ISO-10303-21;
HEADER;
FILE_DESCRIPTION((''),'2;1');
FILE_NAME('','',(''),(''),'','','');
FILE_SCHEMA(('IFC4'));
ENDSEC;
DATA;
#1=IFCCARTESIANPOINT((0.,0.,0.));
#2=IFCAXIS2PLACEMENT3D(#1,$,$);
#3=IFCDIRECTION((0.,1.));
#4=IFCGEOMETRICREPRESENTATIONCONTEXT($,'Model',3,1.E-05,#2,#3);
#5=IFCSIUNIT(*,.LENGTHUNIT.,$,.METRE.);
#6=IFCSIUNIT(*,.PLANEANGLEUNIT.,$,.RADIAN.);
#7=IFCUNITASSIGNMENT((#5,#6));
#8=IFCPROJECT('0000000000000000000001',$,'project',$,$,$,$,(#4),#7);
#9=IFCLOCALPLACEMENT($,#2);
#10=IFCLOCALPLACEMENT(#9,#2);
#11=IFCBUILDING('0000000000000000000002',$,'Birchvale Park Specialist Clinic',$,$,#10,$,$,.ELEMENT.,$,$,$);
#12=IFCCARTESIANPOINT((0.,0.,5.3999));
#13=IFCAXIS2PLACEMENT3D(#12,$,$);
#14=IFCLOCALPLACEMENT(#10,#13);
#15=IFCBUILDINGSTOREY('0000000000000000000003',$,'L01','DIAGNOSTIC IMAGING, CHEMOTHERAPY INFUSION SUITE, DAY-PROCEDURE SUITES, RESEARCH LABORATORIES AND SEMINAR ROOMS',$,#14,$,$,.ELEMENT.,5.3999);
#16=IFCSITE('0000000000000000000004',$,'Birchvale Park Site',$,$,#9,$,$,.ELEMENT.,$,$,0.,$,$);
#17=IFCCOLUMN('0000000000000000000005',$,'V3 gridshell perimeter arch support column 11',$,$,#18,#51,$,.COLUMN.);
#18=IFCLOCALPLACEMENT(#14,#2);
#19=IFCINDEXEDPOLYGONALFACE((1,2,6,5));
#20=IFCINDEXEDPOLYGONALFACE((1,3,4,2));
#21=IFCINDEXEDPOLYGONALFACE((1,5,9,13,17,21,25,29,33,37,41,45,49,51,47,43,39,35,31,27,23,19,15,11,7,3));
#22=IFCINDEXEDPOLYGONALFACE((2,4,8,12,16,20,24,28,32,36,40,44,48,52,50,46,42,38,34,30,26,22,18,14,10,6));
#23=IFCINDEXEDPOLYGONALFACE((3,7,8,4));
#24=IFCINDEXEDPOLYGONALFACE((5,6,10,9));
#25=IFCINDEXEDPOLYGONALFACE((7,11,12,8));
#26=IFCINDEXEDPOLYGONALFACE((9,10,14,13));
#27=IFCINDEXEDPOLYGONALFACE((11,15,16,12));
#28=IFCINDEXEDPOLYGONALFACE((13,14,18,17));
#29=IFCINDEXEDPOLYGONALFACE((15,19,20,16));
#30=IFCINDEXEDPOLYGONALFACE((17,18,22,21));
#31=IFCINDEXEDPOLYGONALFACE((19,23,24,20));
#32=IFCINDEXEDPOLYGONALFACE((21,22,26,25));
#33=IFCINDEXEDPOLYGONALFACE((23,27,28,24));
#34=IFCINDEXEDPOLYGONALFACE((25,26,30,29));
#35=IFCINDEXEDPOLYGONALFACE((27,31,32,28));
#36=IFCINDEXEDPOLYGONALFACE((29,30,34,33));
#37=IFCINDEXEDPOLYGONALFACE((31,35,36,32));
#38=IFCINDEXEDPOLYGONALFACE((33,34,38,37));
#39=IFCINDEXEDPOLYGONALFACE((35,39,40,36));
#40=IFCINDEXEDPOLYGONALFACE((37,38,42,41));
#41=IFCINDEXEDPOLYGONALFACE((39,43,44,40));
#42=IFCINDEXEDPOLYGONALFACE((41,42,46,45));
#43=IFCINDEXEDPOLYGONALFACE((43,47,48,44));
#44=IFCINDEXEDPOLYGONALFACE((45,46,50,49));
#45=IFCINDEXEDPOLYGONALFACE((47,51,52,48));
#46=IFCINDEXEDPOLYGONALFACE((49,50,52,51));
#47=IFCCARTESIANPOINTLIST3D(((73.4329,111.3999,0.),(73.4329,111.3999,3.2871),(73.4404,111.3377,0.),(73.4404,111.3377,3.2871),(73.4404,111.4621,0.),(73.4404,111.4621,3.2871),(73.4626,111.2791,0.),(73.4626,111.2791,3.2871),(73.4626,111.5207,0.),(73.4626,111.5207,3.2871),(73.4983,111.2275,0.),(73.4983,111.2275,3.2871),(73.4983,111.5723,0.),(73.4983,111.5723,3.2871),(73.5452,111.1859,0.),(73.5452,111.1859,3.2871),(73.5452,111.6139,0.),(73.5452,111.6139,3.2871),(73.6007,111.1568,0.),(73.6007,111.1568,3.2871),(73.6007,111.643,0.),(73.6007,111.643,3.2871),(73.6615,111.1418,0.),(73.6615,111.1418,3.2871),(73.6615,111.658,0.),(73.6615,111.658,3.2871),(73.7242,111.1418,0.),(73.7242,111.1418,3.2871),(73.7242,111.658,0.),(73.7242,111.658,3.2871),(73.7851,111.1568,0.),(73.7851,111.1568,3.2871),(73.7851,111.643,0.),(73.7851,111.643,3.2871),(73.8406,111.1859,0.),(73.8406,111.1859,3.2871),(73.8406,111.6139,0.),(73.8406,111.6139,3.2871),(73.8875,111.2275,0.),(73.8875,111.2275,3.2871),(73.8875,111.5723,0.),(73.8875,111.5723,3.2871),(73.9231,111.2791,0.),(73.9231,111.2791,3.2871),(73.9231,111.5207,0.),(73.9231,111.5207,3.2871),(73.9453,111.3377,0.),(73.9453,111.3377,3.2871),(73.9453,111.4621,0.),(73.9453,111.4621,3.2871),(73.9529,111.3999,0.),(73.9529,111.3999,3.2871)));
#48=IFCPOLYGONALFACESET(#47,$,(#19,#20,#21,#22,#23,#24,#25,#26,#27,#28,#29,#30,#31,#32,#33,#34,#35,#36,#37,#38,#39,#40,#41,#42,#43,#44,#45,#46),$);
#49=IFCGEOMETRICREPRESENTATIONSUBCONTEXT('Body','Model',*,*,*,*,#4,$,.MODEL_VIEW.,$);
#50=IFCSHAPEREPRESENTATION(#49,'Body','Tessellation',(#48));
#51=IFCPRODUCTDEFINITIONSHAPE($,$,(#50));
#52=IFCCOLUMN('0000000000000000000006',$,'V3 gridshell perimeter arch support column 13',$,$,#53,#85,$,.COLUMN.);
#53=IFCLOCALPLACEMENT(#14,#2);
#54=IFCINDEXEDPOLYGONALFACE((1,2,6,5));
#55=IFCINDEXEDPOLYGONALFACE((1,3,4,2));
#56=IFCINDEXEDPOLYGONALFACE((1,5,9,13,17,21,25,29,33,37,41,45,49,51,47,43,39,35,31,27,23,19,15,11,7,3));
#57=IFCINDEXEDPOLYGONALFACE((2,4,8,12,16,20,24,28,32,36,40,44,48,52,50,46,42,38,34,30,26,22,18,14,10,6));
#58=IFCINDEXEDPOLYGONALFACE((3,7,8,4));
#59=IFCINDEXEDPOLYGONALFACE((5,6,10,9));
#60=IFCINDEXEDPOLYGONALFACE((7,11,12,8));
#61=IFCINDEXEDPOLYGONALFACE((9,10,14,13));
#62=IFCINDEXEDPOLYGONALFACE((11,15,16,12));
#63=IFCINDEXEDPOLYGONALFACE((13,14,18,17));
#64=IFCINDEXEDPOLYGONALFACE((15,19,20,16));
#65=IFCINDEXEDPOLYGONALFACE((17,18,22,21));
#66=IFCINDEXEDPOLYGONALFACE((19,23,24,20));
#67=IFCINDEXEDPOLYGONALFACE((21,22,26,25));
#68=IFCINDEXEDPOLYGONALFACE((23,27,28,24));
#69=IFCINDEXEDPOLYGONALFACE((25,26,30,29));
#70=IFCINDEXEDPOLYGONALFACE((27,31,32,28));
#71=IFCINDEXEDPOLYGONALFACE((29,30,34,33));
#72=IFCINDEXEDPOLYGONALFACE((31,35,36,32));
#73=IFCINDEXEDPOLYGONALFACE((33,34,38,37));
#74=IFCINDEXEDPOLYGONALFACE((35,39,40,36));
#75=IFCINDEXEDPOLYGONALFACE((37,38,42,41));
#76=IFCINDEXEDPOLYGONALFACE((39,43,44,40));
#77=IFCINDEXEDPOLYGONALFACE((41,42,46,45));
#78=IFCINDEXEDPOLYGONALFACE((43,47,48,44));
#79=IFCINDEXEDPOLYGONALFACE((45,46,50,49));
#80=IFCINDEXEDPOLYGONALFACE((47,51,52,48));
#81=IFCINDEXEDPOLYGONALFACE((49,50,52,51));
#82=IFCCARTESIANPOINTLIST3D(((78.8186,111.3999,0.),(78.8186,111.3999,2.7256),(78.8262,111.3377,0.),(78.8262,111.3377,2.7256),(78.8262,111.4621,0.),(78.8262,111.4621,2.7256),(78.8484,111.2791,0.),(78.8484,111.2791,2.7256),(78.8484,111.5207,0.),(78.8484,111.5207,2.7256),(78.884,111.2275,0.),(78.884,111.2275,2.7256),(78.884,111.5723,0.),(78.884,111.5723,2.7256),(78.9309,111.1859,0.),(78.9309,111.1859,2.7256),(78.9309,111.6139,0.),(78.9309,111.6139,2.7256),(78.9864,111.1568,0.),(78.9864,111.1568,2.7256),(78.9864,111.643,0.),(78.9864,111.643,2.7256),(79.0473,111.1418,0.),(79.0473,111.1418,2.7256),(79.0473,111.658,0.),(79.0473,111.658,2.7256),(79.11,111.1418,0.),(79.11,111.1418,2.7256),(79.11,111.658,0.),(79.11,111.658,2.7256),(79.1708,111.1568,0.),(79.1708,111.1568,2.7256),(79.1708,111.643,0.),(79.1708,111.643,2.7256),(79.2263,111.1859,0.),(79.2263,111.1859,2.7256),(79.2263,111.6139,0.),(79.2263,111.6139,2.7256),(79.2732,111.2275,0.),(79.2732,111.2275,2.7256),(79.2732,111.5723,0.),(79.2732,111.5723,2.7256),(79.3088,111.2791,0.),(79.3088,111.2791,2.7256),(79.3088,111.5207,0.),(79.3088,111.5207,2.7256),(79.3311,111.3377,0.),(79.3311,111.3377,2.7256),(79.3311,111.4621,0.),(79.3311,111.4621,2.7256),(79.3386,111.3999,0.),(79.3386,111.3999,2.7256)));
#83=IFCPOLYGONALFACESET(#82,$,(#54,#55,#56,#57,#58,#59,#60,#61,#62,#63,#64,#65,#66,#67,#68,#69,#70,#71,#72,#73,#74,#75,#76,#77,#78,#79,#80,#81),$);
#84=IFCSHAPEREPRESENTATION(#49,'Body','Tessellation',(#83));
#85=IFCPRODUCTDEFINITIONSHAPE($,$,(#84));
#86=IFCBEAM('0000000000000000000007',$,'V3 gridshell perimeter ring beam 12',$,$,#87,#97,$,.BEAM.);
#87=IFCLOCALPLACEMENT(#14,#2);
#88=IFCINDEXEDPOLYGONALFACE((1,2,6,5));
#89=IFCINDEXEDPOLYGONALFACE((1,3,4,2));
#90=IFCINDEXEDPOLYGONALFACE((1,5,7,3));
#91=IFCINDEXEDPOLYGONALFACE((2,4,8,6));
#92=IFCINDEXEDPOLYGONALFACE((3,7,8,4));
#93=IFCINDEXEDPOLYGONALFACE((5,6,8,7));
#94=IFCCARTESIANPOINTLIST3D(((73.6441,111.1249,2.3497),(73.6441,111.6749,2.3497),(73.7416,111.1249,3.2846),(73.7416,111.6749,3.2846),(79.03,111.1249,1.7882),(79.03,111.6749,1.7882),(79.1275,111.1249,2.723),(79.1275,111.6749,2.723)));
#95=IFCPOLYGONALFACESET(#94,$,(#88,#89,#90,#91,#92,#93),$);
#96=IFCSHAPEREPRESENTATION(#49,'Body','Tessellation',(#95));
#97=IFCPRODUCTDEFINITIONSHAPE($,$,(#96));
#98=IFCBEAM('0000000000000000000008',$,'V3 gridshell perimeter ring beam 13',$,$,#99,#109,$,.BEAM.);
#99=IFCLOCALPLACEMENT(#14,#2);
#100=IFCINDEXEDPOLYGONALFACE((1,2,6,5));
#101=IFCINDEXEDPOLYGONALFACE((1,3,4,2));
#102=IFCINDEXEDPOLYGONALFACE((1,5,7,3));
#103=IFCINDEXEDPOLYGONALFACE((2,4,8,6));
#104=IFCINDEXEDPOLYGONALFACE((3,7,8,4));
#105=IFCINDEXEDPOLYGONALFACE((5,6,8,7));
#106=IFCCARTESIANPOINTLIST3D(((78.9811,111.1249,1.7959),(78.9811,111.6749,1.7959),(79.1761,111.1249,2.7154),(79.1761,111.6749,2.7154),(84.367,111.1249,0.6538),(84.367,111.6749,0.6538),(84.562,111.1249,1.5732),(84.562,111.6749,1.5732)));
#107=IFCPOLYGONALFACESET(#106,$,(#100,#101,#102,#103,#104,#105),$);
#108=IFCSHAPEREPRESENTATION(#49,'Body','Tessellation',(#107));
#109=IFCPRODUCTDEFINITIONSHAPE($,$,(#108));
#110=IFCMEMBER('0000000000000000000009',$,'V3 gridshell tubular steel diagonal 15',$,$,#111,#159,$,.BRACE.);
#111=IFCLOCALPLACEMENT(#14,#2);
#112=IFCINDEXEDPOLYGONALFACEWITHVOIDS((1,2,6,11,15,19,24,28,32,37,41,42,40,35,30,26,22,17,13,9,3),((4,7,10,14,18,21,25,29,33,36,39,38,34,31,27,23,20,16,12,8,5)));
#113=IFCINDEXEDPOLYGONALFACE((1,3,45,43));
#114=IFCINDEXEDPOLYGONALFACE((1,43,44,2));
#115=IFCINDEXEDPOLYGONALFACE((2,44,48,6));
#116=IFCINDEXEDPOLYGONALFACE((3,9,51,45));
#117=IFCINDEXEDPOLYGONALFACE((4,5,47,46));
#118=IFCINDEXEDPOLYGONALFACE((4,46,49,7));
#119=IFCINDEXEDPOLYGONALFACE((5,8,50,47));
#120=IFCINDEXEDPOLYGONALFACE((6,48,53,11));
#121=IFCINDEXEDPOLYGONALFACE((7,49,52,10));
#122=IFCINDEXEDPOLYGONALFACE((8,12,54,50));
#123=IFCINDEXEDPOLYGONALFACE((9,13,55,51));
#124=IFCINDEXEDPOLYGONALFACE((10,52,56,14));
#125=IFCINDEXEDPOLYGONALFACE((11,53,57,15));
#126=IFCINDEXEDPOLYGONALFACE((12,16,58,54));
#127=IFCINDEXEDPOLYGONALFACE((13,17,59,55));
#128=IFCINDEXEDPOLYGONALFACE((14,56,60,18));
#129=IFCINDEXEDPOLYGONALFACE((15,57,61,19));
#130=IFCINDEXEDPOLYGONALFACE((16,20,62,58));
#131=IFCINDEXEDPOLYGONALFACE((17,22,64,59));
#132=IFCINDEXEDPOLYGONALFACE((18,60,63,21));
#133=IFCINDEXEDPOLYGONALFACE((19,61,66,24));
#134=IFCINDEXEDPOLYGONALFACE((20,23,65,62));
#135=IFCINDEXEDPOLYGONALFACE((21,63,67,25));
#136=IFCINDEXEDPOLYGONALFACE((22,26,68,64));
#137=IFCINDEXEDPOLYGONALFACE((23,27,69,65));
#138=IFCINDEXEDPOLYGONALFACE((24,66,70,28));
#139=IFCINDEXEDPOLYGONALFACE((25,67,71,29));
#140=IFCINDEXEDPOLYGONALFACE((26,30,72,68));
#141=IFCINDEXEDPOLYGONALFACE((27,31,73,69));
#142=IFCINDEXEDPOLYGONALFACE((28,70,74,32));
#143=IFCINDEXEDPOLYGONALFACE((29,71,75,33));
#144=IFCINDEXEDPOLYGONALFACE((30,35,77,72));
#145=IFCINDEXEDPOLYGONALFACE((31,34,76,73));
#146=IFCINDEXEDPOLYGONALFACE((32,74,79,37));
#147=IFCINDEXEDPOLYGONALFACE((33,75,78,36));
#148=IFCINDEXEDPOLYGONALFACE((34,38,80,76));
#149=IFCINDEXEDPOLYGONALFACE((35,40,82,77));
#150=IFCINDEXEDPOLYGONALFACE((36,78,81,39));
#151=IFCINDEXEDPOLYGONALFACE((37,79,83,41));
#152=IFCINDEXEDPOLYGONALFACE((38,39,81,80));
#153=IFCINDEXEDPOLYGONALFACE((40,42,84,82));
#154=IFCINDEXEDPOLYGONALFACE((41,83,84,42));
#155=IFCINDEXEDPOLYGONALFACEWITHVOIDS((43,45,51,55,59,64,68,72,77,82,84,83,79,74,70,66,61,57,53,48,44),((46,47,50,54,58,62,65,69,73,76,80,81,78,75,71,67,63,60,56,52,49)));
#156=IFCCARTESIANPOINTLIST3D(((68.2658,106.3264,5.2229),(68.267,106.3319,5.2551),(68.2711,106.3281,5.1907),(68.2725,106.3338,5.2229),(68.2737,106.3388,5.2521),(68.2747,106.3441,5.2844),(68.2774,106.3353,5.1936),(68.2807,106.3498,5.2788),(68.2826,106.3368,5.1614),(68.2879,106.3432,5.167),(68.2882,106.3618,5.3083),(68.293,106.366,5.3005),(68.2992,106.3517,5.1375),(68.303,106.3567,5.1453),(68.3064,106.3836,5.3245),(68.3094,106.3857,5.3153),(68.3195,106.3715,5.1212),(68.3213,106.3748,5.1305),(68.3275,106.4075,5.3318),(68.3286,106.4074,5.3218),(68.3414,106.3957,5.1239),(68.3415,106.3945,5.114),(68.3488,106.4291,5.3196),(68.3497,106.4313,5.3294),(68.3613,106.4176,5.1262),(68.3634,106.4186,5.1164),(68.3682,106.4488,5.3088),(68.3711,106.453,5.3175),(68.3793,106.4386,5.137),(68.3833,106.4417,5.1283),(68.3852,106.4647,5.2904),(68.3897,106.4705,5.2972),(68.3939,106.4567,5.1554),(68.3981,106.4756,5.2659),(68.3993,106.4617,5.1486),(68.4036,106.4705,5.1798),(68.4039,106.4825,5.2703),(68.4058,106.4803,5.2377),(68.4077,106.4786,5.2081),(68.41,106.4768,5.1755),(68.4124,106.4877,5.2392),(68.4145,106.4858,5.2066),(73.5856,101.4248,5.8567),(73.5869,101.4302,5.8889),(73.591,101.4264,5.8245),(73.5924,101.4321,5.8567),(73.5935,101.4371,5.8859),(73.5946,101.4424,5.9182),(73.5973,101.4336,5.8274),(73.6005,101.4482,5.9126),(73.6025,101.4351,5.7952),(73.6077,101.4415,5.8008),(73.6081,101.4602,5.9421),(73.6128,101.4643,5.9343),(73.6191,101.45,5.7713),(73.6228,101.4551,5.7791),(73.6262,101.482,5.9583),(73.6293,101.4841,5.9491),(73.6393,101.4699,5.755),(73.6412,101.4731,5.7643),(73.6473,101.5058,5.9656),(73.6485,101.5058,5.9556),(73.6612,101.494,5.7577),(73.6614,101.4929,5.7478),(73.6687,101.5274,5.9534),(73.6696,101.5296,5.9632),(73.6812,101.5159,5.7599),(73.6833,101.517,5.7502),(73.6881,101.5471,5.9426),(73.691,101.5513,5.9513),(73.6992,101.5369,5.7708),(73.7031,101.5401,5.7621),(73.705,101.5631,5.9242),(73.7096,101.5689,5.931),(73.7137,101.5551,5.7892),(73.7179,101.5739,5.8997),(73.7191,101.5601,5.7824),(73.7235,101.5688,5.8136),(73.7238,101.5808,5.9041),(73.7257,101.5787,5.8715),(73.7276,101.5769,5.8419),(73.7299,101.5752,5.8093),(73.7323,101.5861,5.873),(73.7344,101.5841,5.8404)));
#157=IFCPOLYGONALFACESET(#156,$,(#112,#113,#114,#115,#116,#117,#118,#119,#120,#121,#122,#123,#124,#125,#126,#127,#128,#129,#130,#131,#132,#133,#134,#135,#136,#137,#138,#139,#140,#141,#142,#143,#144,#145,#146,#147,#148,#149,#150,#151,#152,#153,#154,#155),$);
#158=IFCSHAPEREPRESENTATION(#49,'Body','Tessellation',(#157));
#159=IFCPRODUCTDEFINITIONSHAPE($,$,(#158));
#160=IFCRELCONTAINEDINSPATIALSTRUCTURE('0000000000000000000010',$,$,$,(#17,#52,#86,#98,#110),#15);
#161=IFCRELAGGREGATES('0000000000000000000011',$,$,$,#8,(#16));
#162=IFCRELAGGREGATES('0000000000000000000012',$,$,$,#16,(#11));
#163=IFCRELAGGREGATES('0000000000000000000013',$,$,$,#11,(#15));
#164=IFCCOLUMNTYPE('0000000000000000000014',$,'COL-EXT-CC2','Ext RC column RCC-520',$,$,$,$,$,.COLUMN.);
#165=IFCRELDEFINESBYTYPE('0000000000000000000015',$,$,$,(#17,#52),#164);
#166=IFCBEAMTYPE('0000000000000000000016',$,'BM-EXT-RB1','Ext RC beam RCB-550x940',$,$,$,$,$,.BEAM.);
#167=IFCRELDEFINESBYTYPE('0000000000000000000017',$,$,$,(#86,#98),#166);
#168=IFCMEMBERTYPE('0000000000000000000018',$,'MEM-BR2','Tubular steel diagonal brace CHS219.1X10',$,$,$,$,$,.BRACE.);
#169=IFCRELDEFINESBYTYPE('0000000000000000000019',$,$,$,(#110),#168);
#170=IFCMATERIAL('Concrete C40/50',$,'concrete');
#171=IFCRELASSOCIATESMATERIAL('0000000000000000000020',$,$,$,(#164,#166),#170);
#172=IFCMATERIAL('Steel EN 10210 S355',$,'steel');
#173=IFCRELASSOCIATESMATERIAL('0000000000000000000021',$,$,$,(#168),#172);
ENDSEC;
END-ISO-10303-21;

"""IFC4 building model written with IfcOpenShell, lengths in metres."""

from ifc_helpers import new_model, si_unit, direction, frame, origin, origin_2d, place, context, subcontext, project, spatial, rectangle, circle, hollow_circle, extrude, material, material_profile, profile_set, type_object, element, save


model = new_model("IFC4")

# Units and contexts
model_context = context("Model", 3, precision=1e-05, world=origin(), true_north=direction((0.0, 1.0)))
body_context = subcontext(model_context, "Body", "Model", "MODEL_VIEW")
ifc_project = project(units=[si_unit("LENGTHUNIT", "METRE"), si_unit("PLANEANGLEUNIT", "RADIAN")], contexts=[model_context])

# Site, building, storey
site_placement = place(None, origin())
site = spatial("IfcSite", under=ifc_project, at=site_placement, Name="Birchvale Park Site", CompositionType="ELEMENT", RefElevation=0.0)
building_placement = place(site_placement, origin())
building = spatial("IfcBuilding", under=site, at=building_placement, Name="Birchvale Park Specialist Clinic", CompositionType="ELEMENT")
storey_placement = place(building_placement, frame((0.0, 0.0, 5.3999)))
storey = spatial("IfcBuildingStorey", under=building, at=storey_placement, Name="L01", Description="DIAGNOSTIC IMAGING, CHEMOTHERAPY INFUSION SUITE, DAY-PROCEDURE SUITES, RESEARCH LABORATORIES AND SEMINAR ROOMS", CompositionType="ELEMENT", Elevation=5.3999)

# Columns
ifc_material_1 = material(Name="Concrete C40/50", Category="concrete")
ifc_material_profile_1 = material_profile(ifc_material_1, circle(Radius=0.26, at=origin_2d()), Name="RCC-520")
ifc_profile_set_1 = profile_set([ifc_material_profile_1], Name="Concrete C40/50")
column_type = type_object("IfcColumnType", Name="COL-EXT-CC2", Description="Ext RC column RCC-520", PredefinedType="COLUMN", material=ifc_profile_set_1)
column_1_placement = place(storey_placement, frame((73.6929, 111.3999, 0.0), z_axis=(0.0, 0.0, 1.0), x_axis=(1.0, 0.0, 0.0)))
element("IfcColumn", 1, at=column_1_placement, inside=storey, type_object=column_type, Name="V3 gridshell perimeter arch support column 11", PredefinedType="COLUMN", context=body_context, shape_type="SweptSolid", body=[
    extrude(circle(Radius=0.26, at=origin_2d()), origin(), (0.0, 0.0, 1.0), 3.2871),
])
column_2_placement = place(storey_placement, frame((79.0786, 111.3999, 0.0), z_axis=(0.0, 0.0, 1.0), x_axis=(1.0, 0.0, 0.0)))
element("IfcColumn", 2, at=column_2_placement, inside=storey, type_object=column_type, Name="V3 gridshell perimeter arch support column 13", PredefinedType="COLUMN", context=body_context, shape_type="SweptSolid", body=[
    extrude(circle(Radius=0.26, at=origin_2d()), origin(), (0.0, 0.0, 1.0), 2.7256),
])

# Beams
ifc_material_profile_2 = material_profile(ifc_material_1, rectangle(XDim=0.55, YDim=0.9399, at=origin_2d()), Name="RCB-550x940")
ifc_profile_set_2 = profile_set([ifc_material_profile_2], Name="Concrete C40/50")
beam_type = type_object("IfcBeamType", Name="BM-EXT-RB1", Description="Ext RC beam RCB-550x940", PredefinedType="BEAM", material=ifc_profile_set_2)
beam_1_placement = place(storey_placement, frame((73.6929, 111.3999, 2.8171), z_axis=(0.994609, 0.0, -0.103699), x_axis=(0.0, 1.0, 0.0)))
element("IfcBeam", 3, at=beam_1_placement, inside=storey, type_object=beam_type, Name="V3 gridshell perimeter ring beam 12", PredefinedType="BEAM", context=body_context, shape_type="SweptSolid", body=[
    extrude(rectangle(XDim=0.55, YDim=0.9399, at=origin_2d()), origin(), (0.0, 0.0, 1.0), 5.415),
])
beam_2_placement = place(storey_placement, frame((79.0786, 111.3999, 2.2556), z_axis=(0.978247, 0.0, -0.207445), x_axis=(0.0, 1.0, 0.0)))
element("IfcBeam", 4, at=beam_2_placement, inside=storey, type_object=beam_type, Name="V3 gridshell perimeter ring beam 13", PredefinedType="BEAM", context=body_context, shape_type="SweptSolid", body=[
    extrude(rectangle(XDim=0.55, YDim=0.9399, at=origin_2d()), origin(), (0.0, 0.0, 1.0), 5.5056),
])

# Member
ifc_material_2 = material(Name="Steel EN 10210 S355", Category="steel")
ifc_material_profile_3 = material_profile(ifc_material_2, hollow_circle(Radius=0.1096, WallThickness=0.01, at=origin_2d()), Name="CHS219.1X10")
ifc_profile_set_3 = profile_set([ifc_material_profile_3], Name="Steel EN 10210 S355")
member_type_1 = type_object("IfcMemberType", Name="MEM-BR2", Description="Tubular steel diagonal brace CHS219.1X10", PredefinedType="BRACE", material=ifc_profile_set_3)
member_1_placement = place(storey_placement, frame((73.6599, 101.5054, 5.8567), z_axis=(-0.732616, 0.675022, -0.087282), x_axis=(-0.677608, -0.735423, 0.0)))
element("IfcMember", 5, at=member_1_placement, inside=storey, type_object=member_type_1, Name="V3 gridshell tubular steel diagonal 15", PredefinedType="BRACE", context=body_context, shape_type="SweptSolid", body=[
    extrude(hollow_circle(Radius=0.1096, WallThickness=0.01, at=origin_2d()), origin(), (0.0, 0.0, 1.0), 7.2615),
])

save(model, "model.ifc")
